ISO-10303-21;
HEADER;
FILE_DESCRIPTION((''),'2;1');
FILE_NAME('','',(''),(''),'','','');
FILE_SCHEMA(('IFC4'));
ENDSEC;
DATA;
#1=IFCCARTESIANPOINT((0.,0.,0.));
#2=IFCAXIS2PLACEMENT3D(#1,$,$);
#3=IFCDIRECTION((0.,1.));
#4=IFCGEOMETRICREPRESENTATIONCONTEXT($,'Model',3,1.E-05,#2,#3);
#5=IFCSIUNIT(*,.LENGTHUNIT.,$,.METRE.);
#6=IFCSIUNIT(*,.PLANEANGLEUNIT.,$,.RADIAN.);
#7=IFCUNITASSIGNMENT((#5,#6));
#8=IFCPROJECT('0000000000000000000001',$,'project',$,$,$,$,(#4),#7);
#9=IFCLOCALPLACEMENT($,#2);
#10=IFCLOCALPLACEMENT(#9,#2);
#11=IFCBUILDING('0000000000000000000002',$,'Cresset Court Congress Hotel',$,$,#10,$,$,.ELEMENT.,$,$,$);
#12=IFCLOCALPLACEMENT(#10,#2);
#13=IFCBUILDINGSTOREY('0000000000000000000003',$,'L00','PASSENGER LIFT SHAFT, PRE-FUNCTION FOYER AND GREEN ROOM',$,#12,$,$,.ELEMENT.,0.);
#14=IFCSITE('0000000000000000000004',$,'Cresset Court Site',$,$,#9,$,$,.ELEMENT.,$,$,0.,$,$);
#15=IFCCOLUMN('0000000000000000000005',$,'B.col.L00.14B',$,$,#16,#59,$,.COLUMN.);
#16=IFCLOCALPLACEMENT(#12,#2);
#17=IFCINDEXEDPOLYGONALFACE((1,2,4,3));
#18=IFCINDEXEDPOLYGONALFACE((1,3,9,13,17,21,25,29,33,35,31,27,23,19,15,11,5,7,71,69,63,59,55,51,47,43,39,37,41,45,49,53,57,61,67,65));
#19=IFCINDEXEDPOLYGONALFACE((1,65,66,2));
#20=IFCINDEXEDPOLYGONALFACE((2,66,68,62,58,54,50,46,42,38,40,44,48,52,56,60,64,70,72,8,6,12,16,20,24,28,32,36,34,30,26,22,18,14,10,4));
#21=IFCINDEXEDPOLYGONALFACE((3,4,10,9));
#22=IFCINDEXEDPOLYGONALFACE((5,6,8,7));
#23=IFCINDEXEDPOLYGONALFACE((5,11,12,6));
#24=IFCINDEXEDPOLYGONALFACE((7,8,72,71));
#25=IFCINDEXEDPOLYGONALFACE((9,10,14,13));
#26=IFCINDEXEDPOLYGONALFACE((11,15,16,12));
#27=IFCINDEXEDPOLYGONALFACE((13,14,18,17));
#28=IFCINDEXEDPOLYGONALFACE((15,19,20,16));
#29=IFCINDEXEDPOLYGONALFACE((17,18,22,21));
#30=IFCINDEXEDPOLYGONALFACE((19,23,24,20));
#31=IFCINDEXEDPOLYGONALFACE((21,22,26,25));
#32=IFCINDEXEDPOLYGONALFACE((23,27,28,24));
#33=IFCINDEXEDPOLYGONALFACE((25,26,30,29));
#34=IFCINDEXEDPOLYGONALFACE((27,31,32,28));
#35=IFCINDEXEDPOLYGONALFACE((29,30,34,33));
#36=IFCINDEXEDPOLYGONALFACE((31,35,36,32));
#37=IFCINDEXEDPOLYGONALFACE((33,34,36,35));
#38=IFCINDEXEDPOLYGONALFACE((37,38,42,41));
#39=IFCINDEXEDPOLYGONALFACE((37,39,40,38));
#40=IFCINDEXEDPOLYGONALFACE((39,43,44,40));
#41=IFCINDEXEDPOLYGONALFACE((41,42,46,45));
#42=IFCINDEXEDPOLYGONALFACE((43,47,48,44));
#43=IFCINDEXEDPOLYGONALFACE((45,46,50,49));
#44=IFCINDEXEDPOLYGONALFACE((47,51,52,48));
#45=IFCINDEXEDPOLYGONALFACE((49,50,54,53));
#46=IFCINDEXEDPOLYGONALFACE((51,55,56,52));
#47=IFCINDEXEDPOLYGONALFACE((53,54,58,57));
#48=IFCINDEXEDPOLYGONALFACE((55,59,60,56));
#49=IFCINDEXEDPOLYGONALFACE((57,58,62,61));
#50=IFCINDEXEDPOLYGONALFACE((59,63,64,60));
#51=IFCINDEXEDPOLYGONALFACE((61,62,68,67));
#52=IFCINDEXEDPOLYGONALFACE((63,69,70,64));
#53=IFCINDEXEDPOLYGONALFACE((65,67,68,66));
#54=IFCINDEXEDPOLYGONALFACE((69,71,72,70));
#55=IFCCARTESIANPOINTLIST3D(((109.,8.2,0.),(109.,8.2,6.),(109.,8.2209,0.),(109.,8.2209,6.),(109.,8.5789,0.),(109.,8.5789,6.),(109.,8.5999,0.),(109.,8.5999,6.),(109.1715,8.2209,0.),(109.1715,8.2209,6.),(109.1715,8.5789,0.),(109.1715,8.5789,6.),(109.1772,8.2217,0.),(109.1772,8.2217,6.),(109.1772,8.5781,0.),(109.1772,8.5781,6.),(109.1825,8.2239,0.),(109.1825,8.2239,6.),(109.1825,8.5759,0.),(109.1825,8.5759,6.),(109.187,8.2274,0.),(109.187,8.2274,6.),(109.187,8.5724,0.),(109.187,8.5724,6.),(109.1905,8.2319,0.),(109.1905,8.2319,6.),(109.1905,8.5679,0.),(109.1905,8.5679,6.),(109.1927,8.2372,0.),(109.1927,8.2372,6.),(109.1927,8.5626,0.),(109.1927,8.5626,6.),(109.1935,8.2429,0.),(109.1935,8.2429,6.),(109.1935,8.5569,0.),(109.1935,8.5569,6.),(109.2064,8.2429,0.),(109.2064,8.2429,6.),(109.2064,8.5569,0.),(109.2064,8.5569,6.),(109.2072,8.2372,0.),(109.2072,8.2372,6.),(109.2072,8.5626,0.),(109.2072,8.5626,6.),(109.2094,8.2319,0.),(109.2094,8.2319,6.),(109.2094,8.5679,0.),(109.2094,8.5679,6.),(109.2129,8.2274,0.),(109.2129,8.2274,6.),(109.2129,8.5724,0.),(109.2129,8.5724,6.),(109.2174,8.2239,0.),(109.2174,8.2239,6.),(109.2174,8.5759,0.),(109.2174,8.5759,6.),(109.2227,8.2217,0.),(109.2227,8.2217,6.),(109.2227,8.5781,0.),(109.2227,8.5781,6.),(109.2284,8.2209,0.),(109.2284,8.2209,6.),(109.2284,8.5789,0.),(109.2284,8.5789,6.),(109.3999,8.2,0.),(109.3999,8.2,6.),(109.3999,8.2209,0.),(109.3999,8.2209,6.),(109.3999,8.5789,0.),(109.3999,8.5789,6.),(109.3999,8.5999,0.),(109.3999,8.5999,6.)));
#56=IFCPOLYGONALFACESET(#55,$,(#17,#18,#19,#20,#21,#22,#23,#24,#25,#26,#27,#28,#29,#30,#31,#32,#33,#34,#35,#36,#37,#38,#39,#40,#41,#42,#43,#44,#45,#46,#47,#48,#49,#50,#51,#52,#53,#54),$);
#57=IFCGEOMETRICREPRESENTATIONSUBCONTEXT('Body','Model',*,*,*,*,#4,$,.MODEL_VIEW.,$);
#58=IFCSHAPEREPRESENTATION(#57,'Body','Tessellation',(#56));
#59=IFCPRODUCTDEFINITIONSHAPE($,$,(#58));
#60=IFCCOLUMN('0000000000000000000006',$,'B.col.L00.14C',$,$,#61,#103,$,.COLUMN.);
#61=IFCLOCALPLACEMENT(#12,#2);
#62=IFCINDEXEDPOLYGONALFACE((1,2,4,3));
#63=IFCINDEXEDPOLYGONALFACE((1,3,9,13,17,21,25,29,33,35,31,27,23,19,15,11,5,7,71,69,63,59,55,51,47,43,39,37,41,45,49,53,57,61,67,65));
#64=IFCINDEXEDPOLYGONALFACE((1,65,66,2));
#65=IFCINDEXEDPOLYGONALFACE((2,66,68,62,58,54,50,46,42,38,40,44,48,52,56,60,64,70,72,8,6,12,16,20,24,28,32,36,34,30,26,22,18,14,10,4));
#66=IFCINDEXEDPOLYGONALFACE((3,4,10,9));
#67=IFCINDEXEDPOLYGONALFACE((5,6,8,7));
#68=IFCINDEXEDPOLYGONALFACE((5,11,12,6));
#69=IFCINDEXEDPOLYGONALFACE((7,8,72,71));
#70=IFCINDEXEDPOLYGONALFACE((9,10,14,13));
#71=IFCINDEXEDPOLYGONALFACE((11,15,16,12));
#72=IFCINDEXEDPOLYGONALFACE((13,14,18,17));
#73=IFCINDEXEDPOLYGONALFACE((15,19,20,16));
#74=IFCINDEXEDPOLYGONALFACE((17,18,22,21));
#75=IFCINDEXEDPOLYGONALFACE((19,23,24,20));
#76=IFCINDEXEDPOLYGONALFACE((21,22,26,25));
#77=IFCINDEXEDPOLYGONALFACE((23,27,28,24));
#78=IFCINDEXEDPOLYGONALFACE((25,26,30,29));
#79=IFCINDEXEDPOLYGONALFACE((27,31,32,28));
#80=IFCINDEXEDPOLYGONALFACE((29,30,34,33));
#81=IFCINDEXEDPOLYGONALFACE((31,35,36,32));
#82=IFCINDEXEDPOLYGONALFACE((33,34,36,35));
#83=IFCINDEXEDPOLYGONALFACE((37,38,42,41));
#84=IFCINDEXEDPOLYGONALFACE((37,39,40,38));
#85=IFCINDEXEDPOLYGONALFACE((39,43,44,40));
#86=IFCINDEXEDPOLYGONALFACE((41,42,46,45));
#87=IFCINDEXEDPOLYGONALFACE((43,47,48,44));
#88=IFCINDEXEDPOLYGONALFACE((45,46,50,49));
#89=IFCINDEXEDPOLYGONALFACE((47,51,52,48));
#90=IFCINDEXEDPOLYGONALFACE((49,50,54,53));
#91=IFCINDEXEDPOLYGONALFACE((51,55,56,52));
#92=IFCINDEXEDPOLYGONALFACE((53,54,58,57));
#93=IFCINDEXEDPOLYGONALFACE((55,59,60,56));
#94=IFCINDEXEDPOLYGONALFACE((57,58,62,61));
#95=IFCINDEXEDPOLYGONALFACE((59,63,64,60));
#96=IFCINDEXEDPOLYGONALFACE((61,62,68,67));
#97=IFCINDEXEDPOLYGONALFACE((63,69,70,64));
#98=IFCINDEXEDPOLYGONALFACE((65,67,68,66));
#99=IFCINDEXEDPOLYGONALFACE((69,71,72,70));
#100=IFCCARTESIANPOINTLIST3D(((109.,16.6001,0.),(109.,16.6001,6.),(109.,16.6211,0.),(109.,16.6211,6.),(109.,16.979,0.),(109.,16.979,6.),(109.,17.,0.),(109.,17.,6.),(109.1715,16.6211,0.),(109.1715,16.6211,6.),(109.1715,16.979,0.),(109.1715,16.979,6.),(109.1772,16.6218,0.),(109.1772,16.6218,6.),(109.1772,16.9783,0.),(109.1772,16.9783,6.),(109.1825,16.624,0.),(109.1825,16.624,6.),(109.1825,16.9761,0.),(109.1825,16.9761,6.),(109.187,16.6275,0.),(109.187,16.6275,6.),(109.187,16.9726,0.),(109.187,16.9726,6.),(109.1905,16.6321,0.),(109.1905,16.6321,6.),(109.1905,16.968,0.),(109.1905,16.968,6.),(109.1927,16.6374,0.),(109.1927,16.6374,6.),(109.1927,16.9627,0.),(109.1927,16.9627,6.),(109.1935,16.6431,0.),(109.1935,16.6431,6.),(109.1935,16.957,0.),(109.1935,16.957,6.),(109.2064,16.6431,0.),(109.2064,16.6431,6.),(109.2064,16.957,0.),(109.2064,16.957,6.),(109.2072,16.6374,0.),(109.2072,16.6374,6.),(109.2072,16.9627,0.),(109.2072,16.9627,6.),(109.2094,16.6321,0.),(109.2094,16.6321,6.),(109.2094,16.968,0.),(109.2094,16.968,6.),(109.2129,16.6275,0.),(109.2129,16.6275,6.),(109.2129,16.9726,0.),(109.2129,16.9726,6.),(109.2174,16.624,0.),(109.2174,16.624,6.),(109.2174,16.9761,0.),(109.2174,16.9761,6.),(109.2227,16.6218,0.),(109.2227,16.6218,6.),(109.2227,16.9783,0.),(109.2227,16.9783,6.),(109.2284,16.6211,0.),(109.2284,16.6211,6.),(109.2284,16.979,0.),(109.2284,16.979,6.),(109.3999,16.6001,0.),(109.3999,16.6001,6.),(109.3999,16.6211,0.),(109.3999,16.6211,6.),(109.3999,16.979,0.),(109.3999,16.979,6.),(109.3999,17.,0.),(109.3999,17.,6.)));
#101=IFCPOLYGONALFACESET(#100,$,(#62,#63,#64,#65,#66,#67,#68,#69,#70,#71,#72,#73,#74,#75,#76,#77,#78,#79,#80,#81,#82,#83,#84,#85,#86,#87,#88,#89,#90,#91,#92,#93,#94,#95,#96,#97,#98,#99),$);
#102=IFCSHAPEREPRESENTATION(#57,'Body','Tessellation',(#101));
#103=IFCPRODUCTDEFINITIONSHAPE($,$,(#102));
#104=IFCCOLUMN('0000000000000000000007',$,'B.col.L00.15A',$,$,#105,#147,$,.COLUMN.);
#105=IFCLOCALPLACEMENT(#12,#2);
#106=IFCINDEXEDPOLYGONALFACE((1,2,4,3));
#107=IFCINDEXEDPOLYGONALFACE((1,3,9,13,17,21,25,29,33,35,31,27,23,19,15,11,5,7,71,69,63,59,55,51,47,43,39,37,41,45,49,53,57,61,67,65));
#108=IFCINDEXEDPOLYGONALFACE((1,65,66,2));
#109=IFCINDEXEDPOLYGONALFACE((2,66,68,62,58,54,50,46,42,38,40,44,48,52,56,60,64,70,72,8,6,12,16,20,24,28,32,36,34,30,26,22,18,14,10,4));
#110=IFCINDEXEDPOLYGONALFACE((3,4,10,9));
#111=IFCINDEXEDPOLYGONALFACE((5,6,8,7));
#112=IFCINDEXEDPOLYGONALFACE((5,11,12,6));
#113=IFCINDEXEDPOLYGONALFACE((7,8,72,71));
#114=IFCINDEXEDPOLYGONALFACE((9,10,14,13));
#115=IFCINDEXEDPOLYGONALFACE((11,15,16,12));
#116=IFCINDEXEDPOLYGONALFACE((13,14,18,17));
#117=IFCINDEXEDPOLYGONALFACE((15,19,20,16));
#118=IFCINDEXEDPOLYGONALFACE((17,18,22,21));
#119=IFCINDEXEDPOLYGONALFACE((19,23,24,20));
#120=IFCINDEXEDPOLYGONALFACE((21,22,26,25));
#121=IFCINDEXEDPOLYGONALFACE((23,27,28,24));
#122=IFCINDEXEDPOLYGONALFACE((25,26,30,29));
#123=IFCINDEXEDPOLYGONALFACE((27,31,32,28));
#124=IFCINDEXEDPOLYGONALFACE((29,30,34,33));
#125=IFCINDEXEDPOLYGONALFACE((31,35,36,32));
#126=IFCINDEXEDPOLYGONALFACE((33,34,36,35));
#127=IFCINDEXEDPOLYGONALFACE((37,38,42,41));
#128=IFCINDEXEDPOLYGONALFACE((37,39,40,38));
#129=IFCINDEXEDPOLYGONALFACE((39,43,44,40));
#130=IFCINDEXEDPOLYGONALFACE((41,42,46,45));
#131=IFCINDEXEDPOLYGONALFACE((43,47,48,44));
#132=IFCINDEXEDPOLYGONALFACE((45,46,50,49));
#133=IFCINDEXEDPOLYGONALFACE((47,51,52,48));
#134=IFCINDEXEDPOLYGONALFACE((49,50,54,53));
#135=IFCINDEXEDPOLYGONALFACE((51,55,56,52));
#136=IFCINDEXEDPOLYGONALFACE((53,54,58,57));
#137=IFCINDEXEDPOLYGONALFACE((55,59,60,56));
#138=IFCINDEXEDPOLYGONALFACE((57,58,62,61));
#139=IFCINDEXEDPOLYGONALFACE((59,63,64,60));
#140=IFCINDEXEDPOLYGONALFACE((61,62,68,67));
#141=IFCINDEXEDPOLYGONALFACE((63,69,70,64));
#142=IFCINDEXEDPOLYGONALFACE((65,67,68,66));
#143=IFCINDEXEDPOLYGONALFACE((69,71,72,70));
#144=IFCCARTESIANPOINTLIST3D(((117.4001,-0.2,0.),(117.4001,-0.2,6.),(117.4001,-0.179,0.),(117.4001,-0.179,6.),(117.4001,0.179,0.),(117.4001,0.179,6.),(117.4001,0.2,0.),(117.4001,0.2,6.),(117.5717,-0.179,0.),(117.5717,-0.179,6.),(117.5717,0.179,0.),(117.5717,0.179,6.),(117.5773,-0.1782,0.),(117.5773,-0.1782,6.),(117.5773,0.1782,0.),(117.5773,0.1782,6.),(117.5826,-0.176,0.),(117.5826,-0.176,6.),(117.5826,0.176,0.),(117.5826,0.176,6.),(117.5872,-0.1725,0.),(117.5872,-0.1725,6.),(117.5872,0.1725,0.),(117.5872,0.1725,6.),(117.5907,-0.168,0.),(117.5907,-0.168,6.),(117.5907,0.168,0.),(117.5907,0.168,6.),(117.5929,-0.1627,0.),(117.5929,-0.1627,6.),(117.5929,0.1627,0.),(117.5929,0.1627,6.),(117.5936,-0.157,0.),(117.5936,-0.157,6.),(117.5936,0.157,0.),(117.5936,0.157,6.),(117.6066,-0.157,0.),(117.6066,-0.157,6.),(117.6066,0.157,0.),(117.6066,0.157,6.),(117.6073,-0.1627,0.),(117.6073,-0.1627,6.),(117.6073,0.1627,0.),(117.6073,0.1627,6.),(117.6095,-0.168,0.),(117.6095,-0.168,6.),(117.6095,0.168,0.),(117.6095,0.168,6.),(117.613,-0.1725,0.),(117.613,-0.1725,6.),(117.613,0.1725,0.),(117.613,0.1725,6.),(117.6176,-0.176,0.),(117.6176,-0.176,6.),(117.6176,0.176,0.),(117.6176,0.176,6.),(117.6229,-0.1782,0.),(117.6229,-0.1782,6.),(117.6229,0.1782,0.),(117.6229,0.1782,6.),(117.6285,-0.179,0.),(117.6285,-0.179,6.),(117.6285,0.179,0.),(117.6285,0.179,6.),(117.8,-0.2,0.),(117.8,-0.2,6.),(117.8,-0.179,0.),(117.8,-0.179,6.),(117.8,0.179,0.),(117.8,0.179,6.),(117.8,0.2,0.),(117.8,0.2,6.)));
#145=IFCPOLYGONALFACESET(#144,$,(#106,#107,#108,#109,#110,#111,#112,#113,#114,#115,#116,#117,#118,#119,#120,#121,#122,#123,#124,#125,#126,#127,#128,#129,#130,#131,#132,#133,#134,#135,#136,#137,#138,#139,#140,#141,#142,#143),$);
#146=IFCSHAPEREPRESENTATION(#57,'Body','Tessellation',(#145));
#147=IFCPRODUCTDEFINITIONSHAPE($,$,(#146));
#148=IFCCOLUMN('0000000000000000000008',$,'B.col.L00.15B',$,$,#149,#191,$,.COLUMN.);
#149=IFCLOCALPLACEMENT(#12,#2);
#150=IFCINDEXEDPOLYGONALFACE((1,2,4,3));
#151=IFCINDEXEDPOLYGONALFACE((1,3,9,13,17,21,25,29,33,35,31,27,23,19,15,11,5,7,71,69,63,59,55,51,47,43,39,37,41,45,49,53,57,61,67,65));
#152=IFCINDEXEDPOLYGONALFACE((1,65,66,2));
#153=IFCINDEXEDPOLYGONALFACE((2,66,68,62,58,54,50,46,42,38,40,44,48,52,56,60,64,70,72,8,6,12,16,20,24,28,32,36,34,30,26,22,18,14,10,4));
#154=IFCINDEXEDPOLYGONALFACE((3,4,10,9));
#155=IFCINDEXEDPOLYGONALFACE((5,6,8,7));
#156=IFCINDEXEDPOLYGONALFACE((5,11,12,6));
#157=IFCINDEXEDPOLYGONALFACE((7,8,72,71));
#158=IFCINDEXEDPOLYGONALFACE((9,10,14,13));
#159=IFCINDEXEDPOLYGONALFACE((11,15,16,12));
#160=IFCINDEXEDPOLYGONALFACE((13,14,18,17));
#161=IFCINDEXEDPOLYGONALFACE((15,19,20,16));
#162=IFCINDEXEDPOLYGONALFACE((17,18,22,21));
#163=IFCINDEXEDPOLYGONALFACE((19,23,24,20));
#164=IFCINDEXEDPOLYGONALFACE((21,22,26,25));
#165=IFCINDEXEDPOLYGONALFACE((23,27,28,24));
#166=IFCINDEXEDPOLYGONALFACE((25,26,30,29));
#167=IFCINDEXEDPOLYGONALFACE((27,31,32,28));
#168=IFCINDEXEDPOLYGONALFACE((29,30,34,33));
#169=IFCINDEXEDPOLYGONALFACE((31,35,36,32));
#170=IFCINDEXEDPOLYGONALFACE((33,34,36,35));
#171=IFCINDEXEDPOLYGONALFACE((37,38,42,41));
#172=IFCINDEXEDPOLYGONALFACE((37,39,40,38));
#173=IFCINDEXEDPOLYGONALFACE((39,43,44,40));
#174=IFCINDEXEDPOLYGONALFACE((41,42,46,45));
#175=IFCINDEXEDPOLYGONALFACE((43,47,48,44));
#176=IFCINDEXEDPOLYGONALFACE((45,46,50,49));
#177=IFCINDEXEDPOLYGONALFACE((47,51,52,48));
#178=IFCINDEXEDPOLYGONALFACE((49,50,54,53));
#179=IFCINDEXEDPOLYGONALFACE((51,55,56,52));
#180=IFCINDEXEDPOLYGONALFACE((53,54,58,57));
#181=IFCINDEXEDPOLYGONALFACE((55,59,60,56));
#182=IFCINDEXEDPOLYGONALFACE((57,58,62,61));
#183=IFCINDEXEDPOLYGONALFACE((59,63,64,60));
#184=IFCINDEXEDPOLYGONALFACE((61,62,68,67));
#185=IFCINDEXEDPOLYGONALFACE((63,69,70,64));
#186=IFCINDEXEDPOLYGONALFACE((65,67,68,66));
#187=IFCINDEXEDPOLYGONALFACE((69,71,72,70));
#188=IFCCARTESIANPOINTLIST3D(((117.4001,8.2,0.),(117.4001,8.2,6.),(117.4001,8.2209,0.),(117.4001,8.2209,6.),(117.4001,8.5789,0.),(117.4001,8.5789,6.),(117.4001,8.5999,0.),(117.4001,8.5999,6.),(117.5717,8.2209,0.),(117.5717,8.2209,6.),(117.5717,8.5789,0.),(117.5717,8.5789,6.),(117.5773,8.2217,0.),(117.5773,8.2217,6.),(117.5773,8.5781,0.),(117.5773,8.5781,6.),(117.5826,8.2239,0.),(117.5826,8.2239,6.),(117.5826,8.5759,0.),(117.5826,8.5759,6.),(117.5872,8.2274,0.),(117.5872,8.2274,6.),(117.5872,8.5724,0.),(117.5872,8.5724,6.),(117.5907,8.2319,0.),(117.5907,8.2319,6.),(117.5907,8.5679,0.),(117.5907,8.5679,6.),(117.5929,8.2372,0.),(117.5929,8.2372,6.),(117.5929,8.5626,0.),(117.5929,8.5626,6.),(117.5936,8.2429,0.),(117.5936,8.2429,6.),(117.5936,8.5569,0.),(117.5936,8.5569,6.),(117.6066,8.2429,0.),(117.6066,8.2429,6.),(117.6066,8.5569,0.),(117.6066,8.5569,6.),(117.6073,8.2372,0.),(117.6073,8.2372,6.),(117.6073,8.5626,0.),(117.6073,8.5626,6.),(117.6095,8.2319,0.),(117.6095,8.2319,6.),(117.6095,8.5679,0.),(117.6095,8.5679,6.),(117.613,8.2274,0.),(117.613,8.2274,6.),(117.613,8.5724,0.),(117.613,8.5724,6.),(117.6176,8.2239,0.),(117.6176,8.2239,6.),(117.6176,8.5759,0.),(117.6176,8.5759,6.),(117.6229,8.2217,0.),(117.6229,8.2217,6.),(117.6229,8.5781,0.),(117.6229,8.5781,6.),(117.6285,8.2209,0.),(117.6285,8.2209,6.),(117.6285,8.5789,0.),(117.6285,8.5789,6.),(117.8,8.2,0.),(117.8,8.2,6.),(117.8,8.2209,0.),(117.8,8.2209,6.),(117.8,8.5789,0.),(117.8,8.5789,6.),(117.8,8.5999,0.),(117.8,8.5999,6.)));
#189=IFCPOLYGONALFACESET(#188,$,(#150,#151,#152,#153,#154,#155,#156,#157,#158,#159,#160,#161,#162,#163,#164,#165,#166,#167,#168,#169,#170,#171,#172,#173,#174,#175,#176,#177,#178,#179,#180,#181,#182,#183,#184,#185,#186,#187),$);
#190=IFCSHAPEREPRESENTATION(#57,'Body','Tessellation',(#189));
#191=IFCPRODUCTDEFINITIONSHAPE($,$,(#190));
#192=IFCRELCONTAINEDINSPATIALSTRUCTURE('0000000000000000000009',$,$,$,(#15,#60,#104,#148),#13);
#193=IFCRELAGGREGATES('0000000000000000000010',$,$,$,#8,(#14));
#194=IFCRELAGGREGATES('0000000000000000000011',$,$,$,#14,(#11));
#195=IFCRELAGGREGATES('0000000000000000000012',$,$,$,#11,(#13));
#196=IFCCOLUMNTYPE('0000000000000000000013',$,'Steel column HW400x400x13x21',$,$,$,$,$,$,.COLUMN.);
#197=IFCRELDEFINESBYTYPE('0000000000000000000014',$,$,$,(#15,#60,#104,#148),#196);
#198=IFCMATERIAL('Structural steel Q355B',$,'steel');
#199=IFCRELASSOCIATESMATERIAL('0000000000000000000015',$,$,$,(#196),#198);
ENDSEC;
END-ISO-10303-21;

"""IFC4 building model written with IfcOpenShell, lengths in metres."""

from ifc_helpers import new_model, si_unit, direction, frame, origin, origin_2d, place, context, subcontext, project, spatial, i_section, extrude, material, material_profile, profile_set, type_object, element, save


model = new_model("IFC4")

# Units and contexts
model_context = context("Model", 3, precision=1e-05, world=origin(), true_north=direction((0.0, 1.0)))
body_context = subcontext(model_context, "Body", "Model", "MODEL_VIEW")
ifc_project = project(units=[si_unit("LENGTHUNIT", "METRE"), si_unit("PLANEANGLEUNIT", "RADIAN")], contexts=[model_context])

# Site, building, storey
site_placement = place(None, origin())
site = spatial("IfcSite", under=ifc_project, at=site_placement, Name="Cresset Court Site", CompositionType="ELEMENT", RefElevation=0.0)
building_placement = place(site_placement, origin())
building = spatial("IfcBuilding", under=site, at=building_placement, Name="Cresset Court Congress Hotel", CompositionType="ELEMENT")
storey_placement = place(building_placement, origin())
storey = spatial("IfcBuildingStorey", under=building, at=storey_placement, Name="L00", Description="PASSENGER LIFT SHAFT, PRE-FUNCTION FOYER AND GREEN ROOM", CompositionType="ELEMENT", Elevation=0.0)

# Columns
ifc_material_1 = material(Name="Structural steel Q355B", Category="steel")
ifc_material_profile_1 = material_profile(ifc_material_1, i_section(OverallWidth=0.3999, OverallDepth=0.3999, WebThickness=0.0129, FlangeThickness=0.021, FilletRadius=0.022, at=origin_2d()), Name="HW400x400x13x21")
ifc_profile_set_1 = profile_set([ifc_material_profile_1], Name="Structural steel Q355B")
column_type = type_object("IfcColumnType", Name="Steel column HW400x400x13x21", PredefinedType="COLUMN", material=ifc_profile_set_1)
for number, where, z_axis, x_axis, name in (
    (1, (109.2, 8.3999, 0.0), (0.0, 0.0, 1.0), (1.0, 0.0, 0.0), "B.col.L00.14B"),
    (2, (109.2, 16.8, 0.0), (0.0, 0.0, 1.0), (1.0, 0.0, 0.0), "B.col.L00.14C"),
    (3, (117.6001, 0.0, 0.0), (0.0, 0.0, 1.0), (1.0, 0.0, 0.0), "B.col.L00.15A"),
    (4, (117.6001, 8.3999, 0.0), (0.0, 0.0, 1.0), (1.0, 0.0, 0.0), "B.col.L00.15B"),
):
    element("IfcColumn", number, at=place(storey_placement, frame(where, z_axis=z_axis, x_axis=x_axis)), inside=storey, type_object=column_type, Name=name, PredefinedType="COLUMN", context=body_context, shape_type="SweptSolid", body=[
        extrude(i_section(OverallWidth=0.3999, OverallDepth=0.3999, WebThickness=0.0129, FlangeThickness=0.021, FilletRadius=0.022, at=origin_2d()), origin(), (0.0, 0.0, 1.0), 6.0),
    ])

save(model, "model.ifc")
